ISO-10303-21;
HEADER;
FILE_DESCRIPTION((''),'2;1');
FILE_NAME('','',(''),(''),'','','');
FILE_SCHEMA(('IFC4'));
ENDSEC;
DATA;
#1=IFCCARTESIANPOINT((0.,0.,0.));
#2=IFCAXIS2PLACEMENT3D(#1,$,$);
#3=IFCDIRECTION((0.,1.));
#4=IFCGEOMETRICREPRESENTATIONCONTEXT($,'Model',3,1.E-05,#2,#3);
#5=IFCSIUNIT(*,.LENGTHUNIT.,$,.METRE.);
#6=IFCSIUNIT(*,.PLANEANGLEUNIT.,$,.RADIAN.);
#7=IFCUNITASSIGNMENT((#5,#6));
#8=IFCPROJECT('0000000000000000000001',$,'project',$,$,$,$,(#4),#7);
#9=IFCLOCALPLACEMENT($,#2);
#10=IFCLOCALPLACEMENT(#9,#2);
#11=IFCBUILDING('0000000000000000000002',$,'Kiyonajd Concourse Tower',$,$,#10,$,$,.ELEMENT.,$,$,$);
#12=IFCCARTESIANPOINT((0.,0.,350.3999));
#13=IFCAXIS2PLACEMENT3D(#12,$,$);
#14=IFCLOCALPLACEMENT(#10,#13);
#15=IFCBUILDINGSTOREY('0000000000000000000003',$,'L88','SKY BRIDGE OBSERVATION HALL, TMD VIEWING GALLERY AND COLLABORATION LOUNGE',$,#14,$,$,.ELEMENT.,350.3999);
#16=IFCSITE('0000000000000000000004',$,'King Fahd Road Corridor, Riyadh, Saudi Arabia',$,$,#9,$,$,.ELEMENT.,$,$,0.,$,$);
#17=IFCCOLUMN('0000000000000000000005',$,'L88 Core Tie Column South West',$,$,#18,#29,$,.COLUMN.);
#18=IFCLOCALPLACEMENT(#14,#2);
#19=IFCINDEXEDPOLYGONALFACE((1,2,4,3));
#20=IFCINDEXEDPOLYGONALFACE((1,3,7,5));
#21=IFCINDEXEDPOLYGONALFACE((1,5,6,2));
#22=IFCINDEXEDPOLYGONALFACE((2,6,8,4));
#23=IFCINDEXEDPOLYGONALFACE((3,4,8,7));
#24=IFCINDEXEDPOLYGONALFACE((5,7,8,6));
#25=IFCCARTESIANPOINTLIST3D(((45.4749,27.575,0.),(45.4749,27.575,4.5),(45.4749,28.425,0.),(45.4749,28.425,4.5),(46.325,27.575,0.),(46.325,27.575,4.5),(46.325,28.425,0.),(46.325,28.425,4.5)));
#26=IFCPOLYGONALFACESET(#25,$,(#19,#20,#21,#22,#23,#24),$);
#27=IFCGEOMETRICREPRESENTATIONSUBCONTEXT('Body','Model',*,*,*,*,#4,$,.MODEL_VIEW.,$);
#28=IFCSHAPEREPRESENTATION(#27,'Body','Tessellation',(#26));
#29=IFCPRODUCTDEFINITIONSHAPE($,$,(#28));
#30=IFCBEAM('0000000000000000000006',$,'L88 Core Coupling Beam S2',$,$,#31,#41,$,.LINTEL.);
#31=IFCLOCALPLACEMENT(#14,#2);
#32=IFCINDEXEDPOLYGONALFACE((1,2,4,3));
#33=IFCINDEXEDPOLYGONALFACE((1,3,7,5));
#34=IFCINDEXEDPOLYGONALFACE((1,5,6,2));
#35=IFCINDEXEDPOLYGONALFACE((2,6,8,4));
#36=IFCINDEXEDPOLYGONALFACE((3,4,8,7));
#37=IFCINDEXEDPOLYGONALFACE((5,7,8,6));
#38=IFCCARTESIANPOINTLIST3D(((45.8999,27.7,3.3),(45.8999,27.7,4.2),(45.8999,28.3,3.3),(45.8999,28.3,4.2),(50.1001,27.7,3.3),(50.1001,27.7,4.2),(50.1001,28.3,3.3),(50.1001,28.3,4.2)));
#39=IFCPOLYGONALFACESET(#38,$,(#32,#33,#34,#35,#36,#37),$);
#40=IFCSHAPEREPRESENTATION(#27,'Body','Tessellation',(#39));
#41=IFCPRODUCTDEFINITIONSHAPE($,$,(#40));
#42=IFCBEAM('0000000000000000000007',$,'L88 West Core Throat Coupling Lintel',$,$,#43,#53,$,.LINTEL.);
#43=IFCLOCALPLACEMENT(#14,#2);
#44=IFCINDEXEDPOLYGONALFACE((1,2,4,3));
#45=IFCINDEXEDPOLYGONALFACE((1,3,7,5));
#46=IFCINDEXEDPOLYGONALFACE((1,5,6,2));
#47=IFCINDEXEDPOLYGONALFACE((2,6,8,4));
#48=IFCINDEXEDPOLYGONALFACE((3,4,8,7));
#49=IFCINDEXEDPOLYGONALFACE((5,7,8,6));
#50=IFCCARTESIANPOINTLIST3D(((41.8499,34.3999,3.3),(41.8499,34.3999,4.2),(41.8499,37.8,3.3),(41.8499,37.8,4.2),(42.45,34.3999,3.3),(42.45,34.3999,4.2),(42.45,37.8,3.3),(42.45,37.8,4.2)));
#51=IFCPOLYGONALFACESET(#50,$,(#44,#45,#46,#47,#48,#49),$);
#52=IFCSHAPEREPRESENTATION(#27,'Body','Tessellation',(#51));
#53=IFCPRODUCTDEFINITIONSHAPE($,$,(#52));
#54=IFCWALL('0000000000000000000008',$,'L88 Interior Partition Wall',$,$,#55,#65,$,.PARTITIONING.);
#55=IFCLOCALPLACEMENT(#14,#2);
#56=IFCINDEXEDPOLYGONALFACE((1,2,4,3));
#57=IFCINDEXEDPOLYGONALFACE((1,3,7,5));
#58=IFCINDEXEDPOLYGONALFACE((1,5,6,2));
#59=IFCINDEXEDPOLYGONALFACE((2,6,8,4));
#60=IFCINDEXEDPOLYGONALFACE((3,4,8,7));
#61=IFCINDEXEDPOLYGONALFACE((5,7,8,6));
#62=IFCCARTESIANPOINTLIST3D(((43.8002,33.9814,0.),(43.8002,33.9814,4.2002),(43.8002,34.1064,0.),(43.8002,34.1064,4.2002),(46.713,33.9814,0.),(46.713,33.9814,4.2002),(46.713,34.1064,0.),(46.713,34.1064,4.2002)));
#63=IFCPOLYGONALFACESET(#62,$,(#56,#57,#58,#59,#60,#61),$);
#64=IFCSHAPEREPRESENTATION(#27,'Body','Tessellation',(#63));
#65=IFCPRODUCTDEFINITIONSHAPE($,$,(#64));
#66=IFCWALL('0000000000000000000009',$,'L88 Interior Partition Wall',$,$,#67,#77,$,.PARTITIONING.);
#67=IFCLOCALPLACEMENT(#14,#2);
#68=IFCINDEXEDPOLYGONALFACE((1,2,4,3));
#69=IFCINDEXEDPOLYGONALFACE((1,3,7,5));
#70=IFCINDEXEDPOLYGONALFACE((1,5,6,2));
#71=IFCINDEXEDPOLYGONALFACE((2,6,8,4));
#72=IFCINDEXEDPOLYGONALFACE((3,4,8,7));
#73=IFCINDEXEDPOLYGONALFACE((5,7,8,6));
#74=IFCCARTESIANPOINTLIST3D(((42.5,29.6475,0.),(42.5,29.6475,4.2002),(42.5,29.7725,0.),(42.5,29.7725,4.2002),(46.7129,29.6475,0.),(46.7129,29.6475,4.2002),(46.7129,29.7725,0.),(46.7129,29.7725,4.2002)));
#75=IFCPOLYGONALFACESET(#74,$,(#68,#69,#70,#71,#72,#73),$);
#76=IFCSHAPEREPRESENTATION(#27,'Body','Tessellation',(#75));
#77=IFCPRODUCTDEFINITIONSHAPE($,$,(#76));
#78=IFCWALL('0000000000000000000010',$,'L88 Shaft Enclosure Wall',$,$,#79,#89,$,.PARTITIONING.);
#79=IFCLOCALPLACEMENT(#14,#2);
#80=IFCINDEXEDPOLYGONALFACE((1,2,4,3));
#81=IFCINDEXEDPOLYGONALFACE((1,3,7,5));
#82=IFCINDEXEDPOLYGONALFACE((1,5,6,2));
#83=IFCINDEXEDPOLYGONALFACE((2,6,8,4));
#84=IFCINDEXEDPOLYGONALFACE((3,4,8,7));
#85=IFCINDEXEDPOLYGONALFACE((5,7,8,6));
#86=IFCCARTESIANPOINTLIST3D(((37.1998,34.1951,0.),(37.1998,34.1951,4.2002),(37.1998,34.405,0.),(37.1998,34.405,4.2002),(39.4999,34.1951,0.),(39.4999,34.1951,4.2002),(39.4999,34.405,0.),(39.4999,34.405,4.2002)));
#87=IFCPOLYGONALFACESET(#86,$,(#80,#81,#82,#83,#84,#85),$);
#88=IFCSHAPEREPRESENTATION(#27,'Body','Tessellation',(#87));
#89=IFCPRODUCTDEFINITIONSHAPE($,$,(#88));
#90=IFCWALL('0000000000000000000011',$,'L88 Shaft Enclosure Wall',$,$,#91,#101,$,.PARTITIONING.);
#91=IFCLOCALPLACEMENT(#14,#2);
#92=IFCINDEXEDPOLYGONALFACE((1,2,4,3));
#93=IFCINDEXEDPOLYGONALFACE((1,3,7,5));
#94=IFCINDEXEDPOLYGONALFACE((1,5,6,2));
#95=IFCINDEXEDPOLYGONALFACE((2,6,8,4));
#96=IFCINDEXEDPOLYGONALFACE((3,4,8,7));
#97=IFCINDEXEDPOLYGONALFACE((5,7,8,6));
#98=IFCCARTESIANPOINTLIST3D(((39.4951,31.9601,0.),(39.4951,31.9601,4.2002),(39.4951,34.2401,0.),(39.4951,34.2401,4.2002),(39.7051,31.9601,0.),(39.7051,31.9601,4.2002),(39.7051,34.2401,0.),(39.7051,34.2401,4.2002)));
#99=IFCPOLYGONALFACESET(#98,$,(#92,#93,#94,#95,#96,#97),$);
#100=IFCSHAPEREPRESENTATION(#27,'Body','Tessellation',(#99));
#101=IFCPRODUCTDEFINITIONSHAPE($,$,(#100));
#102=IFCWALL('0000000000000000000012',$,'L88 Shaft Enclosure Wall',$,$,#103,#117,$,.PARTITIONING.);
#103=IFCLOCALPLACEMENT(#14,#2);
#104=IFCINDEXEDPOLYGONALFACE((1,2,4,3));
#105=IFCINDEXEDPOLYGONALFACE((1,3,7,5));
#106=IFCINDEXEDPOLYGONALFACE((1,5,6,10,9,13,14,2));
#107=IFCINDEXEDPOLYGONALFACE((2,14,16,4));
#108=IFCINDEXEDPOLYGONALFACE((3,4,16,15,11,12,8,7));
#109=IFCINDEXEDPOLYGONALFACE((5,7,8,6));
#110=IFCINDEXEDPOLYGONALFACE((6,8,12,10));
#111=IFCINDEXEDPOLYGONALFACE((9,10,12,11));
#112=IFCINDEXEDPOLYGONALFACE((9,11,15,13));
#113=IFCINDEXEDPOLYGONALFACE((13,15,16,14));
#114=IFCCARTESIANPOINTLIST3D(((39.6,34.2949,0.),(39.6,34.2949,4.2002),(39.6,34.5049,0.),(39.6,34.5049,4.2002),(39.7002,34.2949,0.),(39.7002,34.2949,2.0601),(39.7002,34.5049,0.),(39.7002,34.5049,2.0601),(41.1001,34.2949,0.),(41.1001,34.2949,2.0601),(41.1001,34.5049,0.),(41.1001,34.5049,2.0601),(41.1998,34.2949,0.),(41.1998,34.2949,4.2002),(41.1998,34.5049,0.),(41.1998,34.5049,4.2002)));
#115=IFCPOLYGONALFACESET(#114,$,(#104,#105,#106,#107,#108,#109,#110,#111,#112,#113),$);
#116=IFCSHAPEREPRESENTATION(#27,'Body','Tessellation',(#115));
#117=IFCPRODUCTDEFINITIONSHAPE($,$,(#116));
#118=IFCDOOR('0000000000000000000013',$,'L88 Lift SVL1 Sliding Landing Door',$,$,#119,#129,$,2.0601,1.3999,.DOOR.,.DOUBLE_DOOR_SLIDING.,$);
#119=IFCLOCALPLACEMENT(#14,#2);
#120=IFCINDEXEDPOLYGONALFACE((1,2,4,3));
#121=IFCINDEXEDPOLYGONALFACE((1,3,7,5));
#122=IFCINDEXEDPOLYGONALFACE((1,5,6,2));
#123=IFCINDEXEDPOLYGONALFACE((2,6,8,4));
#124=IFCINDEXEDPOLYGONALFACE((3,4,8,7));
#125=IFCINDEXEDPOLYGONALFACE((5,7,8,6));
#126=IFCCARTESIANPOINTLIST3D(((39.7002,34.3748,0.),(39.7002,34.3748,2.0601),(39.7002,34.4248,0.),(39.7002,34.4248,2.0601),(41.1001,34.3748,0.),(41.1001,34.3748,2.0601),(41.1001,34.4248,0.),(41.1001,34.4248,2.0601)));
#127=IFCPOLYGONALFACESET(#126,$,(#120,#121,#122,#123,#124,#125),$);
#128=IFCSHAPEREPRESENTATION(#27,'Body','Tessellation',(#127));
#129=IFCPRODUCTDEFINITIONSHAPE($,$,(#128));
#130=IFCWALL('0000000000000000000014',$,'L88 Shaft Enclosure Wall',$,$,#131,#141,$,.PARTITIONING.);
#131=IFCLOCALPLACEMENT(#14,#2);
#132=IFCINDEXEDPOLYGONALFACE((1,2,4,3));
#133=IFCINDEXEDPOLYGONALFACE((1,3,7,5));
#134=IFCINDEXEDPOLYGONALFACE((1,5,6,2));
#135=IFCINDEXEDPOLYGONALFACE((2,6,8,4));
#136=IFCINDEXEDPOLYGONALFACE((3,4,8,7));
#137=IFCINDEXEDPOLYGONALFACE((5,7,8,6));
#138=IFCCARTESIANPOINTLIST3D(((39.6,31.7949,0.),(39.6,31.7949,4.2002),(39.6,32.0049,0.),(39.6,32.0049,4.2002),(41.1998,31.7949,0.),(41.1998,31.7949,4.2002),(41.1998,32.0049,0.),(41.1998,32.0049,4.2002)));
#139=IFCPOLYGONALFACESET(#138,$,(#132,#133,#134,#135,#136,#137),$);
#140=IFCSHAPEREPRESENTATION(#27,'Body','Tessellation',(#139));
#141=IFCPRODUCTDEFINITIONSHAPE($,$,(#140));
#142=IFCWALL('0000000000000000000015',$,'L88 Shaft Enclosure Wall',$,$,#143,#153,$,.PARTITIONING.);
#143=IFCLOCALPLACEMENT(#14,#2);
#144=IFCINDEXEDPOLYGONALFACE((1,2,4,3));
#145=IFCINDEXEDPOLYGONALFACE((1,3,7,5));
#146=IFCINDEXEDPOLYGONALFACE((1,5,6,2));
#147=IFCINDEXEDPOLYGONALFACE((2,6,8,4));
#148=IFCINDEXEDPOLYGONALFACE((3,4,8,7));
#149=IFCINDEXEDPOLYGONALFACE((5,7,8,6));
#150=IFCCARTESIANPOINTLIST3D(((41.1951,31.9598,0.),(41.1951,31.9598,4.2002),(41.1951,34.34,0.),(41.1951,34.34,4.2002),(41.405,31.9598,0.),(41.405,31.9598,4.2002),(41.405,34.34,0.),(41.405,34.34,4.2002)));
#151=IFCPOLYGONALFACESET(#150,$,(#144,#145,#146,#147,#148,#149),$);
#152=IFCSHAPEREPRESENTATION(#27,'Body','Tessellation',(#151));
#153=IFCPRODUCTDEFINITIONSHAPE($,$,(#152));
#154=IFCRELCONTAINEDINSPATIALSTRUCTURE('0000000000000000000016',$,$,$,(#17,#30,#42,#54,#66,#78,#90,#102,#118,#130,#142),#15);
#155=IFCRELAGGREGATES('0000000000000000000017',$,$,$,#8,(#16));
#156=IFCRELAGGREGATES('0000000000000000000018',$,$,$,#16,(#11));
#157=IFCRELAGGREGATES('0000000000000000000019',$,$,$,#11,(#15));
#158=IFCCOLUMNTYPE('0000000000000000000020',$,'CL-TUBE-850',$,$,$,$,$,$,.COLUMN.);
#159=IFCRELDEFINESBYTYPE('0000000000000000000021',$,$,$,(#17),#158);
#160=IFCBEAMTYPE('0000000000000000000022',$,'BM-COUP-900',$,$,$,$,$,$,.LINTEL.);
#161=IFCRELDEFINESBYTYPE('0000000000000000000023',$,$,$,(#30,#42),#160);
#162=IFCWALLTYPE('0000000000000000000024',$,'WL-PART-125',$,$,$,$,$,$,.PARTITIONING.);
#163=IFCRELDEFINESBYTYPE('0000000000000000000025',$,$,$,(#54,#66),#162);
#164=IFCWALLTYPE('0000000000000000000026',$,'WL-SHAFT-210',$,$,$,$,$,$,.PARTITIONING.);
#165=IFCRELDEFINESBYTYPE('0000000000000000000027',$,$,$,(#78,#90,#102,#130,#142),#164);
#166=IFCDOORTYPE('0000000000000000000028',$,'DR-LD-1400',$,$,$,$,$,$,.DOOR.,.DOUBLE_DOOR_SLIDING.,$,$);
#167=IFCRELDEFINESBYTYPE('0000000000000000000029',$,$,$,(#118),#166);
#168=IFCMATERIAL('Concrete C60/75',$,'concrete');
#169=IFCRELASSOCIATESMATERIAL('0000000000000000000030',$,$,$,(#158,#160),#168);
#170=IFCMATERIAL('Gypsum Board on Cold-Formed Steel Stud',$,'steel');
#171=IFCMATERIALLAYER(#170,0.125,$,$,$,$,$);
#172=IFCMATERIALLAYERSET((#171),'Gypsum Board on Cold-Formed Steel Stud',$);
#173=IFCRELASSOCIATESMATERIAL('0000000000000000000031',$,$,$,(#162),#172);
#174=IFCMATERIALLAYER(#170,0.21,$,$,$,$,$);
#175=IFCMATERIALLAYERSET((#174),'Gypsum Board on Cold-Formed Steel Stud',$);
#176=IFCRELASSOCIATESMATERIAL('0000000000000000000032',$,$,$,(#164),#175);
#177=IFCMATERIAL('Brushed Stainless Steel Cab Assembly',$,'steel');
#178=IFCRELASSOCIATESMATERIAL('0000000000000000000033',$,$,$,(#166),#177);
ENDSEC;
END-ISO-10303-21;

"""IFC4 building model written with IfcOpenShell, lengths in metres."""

from ifc_helpers import new_model, si_unit, direction, frame, frame_2d, origin, origin_2d, place, context, subcontext, project, spatial, rectangle, extrude, material, layer, layer_set, material_profile, profile_set, type_object, element, fill, save


model = new_model("IFC4")

# Units and contexts
model_context = context("Model", 3, precision=1e-05, world=origin(), true_north=direction((0.0, 1.0)))
body_context = subcontext(model_context, "Body", "Model", "MODEL_VIEW")
ifc_project = project(units=[si_unit("LENGTHUNIT", "METRE"), si_unit("PLANEANGLEUNIT", "RADIAN")], contexts=[model_context])

# Site, building, storey
site_placement = place(None, origin())
site = spatial("IfcSite", under=ifc_project, at=site_placement, Name="King Fahd Road Corridor, Riyadh, Saudi Arabia", CompositionType="ELEMENT", RefElevation=0.0)
building_placement = place(site_placement, origin())
building = spatial("IfcBuilding", under=site, at=building_placement, Name="Kiyonajd Concourse Tower", CompositionType="ELEMENT")
storey_placement = place(building_placement, frame((0.0, 0.0, 350.3999)))
storey = spatial("IfcBuildingStorey", under=building, at=storey_placement, Name="L88", Description="SKY BRIDGE OBSERVATION HALL, TMD VIEWING GALLERY AND COLLABORATION LOUNGE", CompositionType="ELEMENT", Elevation=350.3999)

# Column
ifc_material_1 = material(Name="Concrete C60/75", Category="concrete")
ifc_material_profile_1 = material_profile(ifc_material_1, rectangle(XDim=0.8501, YDim=0.8501, at=origin_2d()), Name="RC-850x850")
ifc_profile_set_1 = profile_set([ifc_material_profile_1], Name="Concrete C60/75")
column_type = type_object("IfcColumnType", Name="CL-TUBE-850", PredefinedType="COLUMN", material=ifc_profile_set_1)
column_placement = place(storey_placement, frame((45.8999, 28.0, 0.0), z_axis=(0.0, 0.0, 1.0), x_axis=(1.0, 0.0, 0.0)))
element("IfcColumn", 1, at=column_placement, inside=storey, type_object=column_type, Name="L88 Core Tie Column South West", PredefinedType="COLUMN", context=body_context, shape_type="SweptSolid", body=[
    extrude(rectangle(XDim=0.8501, YDim=0.8501, at=origin_2d()), origin(), (0.0, 0.0, 1.0), 4.5),
])

# Beams
ifc_material_profile_2 = material_profile(ifc_material_1, rectangle(XDim=0.6001, YDim=0.8999, at=origin_2d()), Name="RCBM-600x900")
ifc_profile_set_2 = profile_set([ifc_material_profile_2], Name="Concrete C60/75")
beam_type = type_object("IfcBeamType", Name="BM-COUP-900", PredefinedType="LINTEL", material=ifc_profile_set_2)
beam_1_placement = place(storey_placement, frame((45.8999, 28.0, 3.75), z_axis=(1.0, 0.0, 0.0), x_axis=(0.0, 1.0, 0.0)))
element("IfcBeam", 2, at=beam_1_placement, inside=storey, type_object=beam_type, Name="L88 Core Coupling Beam S2", PredefinedType="LINTEL", context=body_context, shape_type="SweptSolid", body=[
    extrude(rectangle(XDim=0.6001, YDim=0.8999, at=origin_2d()), origin(), (0.0, 0.0, 1.0), 4.2002),
])
beam_2_placement = place(storey_placement, frame((42.1499, 34.3999, 3.75), z_axis=(0.0, 1.0, 0.0), x_axis=(-1.0, 0.0, 0.0)))
element("IfcBeam", 3, at=beam_2_placement, inside=storey, type_object=beam_type, Name="L88 West Core Throat Coupling Lintel", PredefinedType="LINTEL", context=body_context, shape_type="SweptSolid", body=[
    extrude(rectangle(XDim=0.6001, YDim=0.8999, at=origin_2d()), origin(), (0.0, 0.0, 1.0), 3.4001),
])

# Walls
ifc_material_2 = material(Name="Gypsum Board on Cold-Formed Steel Stud", Category="steel")
ifc_layer_1 = layer(ifc_material_2, 0.125)
ifc_layer_set_1 = layer_set([ifc_layer_1], Name="Gypsum Board on Cold-Formed Steel Stud")
wall_type_1 = type_object("IfcWallType", Name="WL-PART-125", PredefinedType="PARTITIONING", material=ifc_layer_set_1)
wall_1_placement = place(storey_placement, frame((43.8, 34.0439, 0.0), z_axis=(0.0, 0.0, 1.0), x_axis=(1.0, 0.0, 0.0)))
element("IfcWall", 4, at=wall_1_placement, inside=storey, type_object=wall_type_1, Name="L88 Interior Partition Wall", PredefinedType="PARTITIONING", context=body_context, shape_type="SweptSolid", body=[
    extrude(rectangle(XDim=2.9128, YDim=0.125, at=frame_2d((1.4565, 0.0))), origin(), (0.0, 0.0, 1.0), 4.2002),
])
wall_2_placement = place(storey_placement, frame((42.5, 29.71, 0.0), z_axis=(0.0, 0.0, 1.0), x_axis=(1.0, 0.0, 0.0)))
element("IfcWall", 5, at=wall_2_placement, inside=storey, type_object=wall_type_1, Name="L88 Interior Partition Wall", PredefinedType="PARTITIONING", context=body_context, shape_type="SweptSolid", body=[
    extrude(rectangle(XDim=4.2129, YDim=0.125, at=frame_2d((2.1064, 0.0))), origin(), (0.0, 0.0, 1.0), 4.2002),
])
ifc_layer_2 = layer(ifc_material_2, 0.21)
ifc_layer_set_2 = layer_set([ifc_layer_2], Name="Gypsum Board on Cold-Formed Steel Stud")
wall_type_2 = type_object("IfcWallType", Name="WL-SHAFT-210", PredefinedType="PARTITIONING", material=ifc_layer_set_2)
wall_3_placement = place(storey_placement, frame((37.2, 34.3, 0.0), z_axis=(0.0, 0.0, 1.0), x_axis=(1.0, 0.0, 0.0)))
element("IfcWall", 6, at=wall_3_placement, inside=storey, type_object=wall_type_2, Name="L88 Shaft Enclosure Wall", PredefinedType="PARTITIONING", context=body_context, shape_type="SweptSolid", body=[
    extrude(rectangle(XDim=2.3, YDim=0.21, at=frame_2d((1.1499, 0.0))), origin(), (0.0, 0.0, 1.0), 4.2002),
])
wall_4_placement = place(storey_placement, frame((39.6001, 31.96, 0.0), z_axis=(0.0, 0.0, 1.0), x_axis=(0.0, 1.0, 0.0)))
element("IfcWall", 7, at=wall_4_placement, inside=storey, type_object=wall_type_2, Name="L88 Shaft Enclosure Wall", PredefinedType="PARTITIONING", context=body_context, shape_type="SweptSolid", body=[
    extrude(rectangle(XDim=2.28, YDim=0.21, at=frame_2d((1.1401, 0.0))), origin(), (0.0, 0.0, 1.0), 4.2002),
])

# Wall, opening, door
wall_5_placement = place(storey_placement, frame((39.6001, 34.3999, 0.0), z_axis=(0.0, 0.0, 1.0), x_axis=(1.0, 0.0, 0.0)))
wall_5 = element("IfcWall", 8, at=wall_5_placement, inside=storey, type_object=wall_type_2, Name="L88 Shaft Enclosure Wall", PredefinedType="PARTITIONING", context=body_context, shape_type="SweptSolid", body=[
    extrude(rectangle(XDim=1.5999, YDim=0.21, at=frame_2d((0.7998, 0.0))), origin(), (0.0, 0.0, 1.0), 4.2002),
])
opening_1_placement = place(wall_5_placement, frame((0.1001, 0.0, 0.0)))
opening_1 = element("IfcOpeningElement", 9, at=opening_1_placement, cuts=wall_5, PredefinedType="OPENING", context=body_context, shape_type="SweptSolid", body=[
    extrude(rectangle(XDim=1.3999, YDim=2.0601, at=frame_2d((0.7, 1.03))), frame((0.0, 0.115, 0.0), z_axis=(0.0, -1.0, 0.0), x_axis=(1.0, 0.0, 0.0)), (0.0, 0.0, 1.0), 0.23),
])
ifc_material_3 = material(Name="Brushed Stainless Steel Cab Assembly", Category="steel")
door_type_1 = type_object("IfcDoorType", Name="DR-LD-1400", OperationType="DOUBLE_DOOR_SLIDING", PredefinedType="DOOR", material=ifc_material_3)
door_1_placement = place(opening_1_placement, origin())
door_1 = element("IfcDoor", 10, at=door_1_placement, inside=storey, type_object=door_type_1, Name="L88 Lift SVL1 Sliding Landing Door", OperationType="DOUBLE_DOOR_SLIDING", OverallHeight=2.0601, OverallWidth=1.3999, PredefinedType="DOOR", context=body_context, shape_type="SweptSolid", body=[
    extrude(rectangle(XDim=1.3999, YDim=2.0601, at=frame_2d((0.7, 1.03))), frame((0.0, 0.0249, 0.0), z_axis=(0.0, -1.0, 0.0), x_axis=(1.0, 0.0, 0.0)), (0.0, 0.0, 1.0), 0.05),
])
fill(opening_1, door_1)

# Walls
wall_6_placement = place(storey_placement, frame((39.6001, 31.8999, 0.0), z_axis=(0.0, 0.0, 1.0), x_axis=(1.0, 0.0, 0.0)))
element("IfcWall", 11, at=wall_6_placement, inside=storey, type_object=wall_type_2, Name="L88 Shaft Enclosure Wall", PredefinedType="PARTITIONING", context=body_context, shape_type="SweptSolid", body=[
    extrude(rectangle(XDim=1.5999, YDim=0.21, at=frame_2d((0.7998, 0.0))), origin(), (0.0, 0.0, 1.0), 4.2002),
])
wall_7_placement = place(storey_placement, frame((41.3, 31.96, 0.0), z_axis=(0.0, 0.0, 1.0), x_axis=(0.0, 1.0, 0.0)))
element("IfcWall", 12, at=wall_7_placement, inside=storey, type_object=wall_type_2, Name="L88 Shaft Enclosure Wall", PredefinedType="PARTITIONING", context=body_context, shape_type="SweptSolid", body=[
    extrude(rectangle(XDim=2.3801, YDim=0.21, at=frame_2d((1.1899, 0.0))), origin(), (0.0, 0.0, 1.0), 4.2002),
])

save(model, "model.ifc")
